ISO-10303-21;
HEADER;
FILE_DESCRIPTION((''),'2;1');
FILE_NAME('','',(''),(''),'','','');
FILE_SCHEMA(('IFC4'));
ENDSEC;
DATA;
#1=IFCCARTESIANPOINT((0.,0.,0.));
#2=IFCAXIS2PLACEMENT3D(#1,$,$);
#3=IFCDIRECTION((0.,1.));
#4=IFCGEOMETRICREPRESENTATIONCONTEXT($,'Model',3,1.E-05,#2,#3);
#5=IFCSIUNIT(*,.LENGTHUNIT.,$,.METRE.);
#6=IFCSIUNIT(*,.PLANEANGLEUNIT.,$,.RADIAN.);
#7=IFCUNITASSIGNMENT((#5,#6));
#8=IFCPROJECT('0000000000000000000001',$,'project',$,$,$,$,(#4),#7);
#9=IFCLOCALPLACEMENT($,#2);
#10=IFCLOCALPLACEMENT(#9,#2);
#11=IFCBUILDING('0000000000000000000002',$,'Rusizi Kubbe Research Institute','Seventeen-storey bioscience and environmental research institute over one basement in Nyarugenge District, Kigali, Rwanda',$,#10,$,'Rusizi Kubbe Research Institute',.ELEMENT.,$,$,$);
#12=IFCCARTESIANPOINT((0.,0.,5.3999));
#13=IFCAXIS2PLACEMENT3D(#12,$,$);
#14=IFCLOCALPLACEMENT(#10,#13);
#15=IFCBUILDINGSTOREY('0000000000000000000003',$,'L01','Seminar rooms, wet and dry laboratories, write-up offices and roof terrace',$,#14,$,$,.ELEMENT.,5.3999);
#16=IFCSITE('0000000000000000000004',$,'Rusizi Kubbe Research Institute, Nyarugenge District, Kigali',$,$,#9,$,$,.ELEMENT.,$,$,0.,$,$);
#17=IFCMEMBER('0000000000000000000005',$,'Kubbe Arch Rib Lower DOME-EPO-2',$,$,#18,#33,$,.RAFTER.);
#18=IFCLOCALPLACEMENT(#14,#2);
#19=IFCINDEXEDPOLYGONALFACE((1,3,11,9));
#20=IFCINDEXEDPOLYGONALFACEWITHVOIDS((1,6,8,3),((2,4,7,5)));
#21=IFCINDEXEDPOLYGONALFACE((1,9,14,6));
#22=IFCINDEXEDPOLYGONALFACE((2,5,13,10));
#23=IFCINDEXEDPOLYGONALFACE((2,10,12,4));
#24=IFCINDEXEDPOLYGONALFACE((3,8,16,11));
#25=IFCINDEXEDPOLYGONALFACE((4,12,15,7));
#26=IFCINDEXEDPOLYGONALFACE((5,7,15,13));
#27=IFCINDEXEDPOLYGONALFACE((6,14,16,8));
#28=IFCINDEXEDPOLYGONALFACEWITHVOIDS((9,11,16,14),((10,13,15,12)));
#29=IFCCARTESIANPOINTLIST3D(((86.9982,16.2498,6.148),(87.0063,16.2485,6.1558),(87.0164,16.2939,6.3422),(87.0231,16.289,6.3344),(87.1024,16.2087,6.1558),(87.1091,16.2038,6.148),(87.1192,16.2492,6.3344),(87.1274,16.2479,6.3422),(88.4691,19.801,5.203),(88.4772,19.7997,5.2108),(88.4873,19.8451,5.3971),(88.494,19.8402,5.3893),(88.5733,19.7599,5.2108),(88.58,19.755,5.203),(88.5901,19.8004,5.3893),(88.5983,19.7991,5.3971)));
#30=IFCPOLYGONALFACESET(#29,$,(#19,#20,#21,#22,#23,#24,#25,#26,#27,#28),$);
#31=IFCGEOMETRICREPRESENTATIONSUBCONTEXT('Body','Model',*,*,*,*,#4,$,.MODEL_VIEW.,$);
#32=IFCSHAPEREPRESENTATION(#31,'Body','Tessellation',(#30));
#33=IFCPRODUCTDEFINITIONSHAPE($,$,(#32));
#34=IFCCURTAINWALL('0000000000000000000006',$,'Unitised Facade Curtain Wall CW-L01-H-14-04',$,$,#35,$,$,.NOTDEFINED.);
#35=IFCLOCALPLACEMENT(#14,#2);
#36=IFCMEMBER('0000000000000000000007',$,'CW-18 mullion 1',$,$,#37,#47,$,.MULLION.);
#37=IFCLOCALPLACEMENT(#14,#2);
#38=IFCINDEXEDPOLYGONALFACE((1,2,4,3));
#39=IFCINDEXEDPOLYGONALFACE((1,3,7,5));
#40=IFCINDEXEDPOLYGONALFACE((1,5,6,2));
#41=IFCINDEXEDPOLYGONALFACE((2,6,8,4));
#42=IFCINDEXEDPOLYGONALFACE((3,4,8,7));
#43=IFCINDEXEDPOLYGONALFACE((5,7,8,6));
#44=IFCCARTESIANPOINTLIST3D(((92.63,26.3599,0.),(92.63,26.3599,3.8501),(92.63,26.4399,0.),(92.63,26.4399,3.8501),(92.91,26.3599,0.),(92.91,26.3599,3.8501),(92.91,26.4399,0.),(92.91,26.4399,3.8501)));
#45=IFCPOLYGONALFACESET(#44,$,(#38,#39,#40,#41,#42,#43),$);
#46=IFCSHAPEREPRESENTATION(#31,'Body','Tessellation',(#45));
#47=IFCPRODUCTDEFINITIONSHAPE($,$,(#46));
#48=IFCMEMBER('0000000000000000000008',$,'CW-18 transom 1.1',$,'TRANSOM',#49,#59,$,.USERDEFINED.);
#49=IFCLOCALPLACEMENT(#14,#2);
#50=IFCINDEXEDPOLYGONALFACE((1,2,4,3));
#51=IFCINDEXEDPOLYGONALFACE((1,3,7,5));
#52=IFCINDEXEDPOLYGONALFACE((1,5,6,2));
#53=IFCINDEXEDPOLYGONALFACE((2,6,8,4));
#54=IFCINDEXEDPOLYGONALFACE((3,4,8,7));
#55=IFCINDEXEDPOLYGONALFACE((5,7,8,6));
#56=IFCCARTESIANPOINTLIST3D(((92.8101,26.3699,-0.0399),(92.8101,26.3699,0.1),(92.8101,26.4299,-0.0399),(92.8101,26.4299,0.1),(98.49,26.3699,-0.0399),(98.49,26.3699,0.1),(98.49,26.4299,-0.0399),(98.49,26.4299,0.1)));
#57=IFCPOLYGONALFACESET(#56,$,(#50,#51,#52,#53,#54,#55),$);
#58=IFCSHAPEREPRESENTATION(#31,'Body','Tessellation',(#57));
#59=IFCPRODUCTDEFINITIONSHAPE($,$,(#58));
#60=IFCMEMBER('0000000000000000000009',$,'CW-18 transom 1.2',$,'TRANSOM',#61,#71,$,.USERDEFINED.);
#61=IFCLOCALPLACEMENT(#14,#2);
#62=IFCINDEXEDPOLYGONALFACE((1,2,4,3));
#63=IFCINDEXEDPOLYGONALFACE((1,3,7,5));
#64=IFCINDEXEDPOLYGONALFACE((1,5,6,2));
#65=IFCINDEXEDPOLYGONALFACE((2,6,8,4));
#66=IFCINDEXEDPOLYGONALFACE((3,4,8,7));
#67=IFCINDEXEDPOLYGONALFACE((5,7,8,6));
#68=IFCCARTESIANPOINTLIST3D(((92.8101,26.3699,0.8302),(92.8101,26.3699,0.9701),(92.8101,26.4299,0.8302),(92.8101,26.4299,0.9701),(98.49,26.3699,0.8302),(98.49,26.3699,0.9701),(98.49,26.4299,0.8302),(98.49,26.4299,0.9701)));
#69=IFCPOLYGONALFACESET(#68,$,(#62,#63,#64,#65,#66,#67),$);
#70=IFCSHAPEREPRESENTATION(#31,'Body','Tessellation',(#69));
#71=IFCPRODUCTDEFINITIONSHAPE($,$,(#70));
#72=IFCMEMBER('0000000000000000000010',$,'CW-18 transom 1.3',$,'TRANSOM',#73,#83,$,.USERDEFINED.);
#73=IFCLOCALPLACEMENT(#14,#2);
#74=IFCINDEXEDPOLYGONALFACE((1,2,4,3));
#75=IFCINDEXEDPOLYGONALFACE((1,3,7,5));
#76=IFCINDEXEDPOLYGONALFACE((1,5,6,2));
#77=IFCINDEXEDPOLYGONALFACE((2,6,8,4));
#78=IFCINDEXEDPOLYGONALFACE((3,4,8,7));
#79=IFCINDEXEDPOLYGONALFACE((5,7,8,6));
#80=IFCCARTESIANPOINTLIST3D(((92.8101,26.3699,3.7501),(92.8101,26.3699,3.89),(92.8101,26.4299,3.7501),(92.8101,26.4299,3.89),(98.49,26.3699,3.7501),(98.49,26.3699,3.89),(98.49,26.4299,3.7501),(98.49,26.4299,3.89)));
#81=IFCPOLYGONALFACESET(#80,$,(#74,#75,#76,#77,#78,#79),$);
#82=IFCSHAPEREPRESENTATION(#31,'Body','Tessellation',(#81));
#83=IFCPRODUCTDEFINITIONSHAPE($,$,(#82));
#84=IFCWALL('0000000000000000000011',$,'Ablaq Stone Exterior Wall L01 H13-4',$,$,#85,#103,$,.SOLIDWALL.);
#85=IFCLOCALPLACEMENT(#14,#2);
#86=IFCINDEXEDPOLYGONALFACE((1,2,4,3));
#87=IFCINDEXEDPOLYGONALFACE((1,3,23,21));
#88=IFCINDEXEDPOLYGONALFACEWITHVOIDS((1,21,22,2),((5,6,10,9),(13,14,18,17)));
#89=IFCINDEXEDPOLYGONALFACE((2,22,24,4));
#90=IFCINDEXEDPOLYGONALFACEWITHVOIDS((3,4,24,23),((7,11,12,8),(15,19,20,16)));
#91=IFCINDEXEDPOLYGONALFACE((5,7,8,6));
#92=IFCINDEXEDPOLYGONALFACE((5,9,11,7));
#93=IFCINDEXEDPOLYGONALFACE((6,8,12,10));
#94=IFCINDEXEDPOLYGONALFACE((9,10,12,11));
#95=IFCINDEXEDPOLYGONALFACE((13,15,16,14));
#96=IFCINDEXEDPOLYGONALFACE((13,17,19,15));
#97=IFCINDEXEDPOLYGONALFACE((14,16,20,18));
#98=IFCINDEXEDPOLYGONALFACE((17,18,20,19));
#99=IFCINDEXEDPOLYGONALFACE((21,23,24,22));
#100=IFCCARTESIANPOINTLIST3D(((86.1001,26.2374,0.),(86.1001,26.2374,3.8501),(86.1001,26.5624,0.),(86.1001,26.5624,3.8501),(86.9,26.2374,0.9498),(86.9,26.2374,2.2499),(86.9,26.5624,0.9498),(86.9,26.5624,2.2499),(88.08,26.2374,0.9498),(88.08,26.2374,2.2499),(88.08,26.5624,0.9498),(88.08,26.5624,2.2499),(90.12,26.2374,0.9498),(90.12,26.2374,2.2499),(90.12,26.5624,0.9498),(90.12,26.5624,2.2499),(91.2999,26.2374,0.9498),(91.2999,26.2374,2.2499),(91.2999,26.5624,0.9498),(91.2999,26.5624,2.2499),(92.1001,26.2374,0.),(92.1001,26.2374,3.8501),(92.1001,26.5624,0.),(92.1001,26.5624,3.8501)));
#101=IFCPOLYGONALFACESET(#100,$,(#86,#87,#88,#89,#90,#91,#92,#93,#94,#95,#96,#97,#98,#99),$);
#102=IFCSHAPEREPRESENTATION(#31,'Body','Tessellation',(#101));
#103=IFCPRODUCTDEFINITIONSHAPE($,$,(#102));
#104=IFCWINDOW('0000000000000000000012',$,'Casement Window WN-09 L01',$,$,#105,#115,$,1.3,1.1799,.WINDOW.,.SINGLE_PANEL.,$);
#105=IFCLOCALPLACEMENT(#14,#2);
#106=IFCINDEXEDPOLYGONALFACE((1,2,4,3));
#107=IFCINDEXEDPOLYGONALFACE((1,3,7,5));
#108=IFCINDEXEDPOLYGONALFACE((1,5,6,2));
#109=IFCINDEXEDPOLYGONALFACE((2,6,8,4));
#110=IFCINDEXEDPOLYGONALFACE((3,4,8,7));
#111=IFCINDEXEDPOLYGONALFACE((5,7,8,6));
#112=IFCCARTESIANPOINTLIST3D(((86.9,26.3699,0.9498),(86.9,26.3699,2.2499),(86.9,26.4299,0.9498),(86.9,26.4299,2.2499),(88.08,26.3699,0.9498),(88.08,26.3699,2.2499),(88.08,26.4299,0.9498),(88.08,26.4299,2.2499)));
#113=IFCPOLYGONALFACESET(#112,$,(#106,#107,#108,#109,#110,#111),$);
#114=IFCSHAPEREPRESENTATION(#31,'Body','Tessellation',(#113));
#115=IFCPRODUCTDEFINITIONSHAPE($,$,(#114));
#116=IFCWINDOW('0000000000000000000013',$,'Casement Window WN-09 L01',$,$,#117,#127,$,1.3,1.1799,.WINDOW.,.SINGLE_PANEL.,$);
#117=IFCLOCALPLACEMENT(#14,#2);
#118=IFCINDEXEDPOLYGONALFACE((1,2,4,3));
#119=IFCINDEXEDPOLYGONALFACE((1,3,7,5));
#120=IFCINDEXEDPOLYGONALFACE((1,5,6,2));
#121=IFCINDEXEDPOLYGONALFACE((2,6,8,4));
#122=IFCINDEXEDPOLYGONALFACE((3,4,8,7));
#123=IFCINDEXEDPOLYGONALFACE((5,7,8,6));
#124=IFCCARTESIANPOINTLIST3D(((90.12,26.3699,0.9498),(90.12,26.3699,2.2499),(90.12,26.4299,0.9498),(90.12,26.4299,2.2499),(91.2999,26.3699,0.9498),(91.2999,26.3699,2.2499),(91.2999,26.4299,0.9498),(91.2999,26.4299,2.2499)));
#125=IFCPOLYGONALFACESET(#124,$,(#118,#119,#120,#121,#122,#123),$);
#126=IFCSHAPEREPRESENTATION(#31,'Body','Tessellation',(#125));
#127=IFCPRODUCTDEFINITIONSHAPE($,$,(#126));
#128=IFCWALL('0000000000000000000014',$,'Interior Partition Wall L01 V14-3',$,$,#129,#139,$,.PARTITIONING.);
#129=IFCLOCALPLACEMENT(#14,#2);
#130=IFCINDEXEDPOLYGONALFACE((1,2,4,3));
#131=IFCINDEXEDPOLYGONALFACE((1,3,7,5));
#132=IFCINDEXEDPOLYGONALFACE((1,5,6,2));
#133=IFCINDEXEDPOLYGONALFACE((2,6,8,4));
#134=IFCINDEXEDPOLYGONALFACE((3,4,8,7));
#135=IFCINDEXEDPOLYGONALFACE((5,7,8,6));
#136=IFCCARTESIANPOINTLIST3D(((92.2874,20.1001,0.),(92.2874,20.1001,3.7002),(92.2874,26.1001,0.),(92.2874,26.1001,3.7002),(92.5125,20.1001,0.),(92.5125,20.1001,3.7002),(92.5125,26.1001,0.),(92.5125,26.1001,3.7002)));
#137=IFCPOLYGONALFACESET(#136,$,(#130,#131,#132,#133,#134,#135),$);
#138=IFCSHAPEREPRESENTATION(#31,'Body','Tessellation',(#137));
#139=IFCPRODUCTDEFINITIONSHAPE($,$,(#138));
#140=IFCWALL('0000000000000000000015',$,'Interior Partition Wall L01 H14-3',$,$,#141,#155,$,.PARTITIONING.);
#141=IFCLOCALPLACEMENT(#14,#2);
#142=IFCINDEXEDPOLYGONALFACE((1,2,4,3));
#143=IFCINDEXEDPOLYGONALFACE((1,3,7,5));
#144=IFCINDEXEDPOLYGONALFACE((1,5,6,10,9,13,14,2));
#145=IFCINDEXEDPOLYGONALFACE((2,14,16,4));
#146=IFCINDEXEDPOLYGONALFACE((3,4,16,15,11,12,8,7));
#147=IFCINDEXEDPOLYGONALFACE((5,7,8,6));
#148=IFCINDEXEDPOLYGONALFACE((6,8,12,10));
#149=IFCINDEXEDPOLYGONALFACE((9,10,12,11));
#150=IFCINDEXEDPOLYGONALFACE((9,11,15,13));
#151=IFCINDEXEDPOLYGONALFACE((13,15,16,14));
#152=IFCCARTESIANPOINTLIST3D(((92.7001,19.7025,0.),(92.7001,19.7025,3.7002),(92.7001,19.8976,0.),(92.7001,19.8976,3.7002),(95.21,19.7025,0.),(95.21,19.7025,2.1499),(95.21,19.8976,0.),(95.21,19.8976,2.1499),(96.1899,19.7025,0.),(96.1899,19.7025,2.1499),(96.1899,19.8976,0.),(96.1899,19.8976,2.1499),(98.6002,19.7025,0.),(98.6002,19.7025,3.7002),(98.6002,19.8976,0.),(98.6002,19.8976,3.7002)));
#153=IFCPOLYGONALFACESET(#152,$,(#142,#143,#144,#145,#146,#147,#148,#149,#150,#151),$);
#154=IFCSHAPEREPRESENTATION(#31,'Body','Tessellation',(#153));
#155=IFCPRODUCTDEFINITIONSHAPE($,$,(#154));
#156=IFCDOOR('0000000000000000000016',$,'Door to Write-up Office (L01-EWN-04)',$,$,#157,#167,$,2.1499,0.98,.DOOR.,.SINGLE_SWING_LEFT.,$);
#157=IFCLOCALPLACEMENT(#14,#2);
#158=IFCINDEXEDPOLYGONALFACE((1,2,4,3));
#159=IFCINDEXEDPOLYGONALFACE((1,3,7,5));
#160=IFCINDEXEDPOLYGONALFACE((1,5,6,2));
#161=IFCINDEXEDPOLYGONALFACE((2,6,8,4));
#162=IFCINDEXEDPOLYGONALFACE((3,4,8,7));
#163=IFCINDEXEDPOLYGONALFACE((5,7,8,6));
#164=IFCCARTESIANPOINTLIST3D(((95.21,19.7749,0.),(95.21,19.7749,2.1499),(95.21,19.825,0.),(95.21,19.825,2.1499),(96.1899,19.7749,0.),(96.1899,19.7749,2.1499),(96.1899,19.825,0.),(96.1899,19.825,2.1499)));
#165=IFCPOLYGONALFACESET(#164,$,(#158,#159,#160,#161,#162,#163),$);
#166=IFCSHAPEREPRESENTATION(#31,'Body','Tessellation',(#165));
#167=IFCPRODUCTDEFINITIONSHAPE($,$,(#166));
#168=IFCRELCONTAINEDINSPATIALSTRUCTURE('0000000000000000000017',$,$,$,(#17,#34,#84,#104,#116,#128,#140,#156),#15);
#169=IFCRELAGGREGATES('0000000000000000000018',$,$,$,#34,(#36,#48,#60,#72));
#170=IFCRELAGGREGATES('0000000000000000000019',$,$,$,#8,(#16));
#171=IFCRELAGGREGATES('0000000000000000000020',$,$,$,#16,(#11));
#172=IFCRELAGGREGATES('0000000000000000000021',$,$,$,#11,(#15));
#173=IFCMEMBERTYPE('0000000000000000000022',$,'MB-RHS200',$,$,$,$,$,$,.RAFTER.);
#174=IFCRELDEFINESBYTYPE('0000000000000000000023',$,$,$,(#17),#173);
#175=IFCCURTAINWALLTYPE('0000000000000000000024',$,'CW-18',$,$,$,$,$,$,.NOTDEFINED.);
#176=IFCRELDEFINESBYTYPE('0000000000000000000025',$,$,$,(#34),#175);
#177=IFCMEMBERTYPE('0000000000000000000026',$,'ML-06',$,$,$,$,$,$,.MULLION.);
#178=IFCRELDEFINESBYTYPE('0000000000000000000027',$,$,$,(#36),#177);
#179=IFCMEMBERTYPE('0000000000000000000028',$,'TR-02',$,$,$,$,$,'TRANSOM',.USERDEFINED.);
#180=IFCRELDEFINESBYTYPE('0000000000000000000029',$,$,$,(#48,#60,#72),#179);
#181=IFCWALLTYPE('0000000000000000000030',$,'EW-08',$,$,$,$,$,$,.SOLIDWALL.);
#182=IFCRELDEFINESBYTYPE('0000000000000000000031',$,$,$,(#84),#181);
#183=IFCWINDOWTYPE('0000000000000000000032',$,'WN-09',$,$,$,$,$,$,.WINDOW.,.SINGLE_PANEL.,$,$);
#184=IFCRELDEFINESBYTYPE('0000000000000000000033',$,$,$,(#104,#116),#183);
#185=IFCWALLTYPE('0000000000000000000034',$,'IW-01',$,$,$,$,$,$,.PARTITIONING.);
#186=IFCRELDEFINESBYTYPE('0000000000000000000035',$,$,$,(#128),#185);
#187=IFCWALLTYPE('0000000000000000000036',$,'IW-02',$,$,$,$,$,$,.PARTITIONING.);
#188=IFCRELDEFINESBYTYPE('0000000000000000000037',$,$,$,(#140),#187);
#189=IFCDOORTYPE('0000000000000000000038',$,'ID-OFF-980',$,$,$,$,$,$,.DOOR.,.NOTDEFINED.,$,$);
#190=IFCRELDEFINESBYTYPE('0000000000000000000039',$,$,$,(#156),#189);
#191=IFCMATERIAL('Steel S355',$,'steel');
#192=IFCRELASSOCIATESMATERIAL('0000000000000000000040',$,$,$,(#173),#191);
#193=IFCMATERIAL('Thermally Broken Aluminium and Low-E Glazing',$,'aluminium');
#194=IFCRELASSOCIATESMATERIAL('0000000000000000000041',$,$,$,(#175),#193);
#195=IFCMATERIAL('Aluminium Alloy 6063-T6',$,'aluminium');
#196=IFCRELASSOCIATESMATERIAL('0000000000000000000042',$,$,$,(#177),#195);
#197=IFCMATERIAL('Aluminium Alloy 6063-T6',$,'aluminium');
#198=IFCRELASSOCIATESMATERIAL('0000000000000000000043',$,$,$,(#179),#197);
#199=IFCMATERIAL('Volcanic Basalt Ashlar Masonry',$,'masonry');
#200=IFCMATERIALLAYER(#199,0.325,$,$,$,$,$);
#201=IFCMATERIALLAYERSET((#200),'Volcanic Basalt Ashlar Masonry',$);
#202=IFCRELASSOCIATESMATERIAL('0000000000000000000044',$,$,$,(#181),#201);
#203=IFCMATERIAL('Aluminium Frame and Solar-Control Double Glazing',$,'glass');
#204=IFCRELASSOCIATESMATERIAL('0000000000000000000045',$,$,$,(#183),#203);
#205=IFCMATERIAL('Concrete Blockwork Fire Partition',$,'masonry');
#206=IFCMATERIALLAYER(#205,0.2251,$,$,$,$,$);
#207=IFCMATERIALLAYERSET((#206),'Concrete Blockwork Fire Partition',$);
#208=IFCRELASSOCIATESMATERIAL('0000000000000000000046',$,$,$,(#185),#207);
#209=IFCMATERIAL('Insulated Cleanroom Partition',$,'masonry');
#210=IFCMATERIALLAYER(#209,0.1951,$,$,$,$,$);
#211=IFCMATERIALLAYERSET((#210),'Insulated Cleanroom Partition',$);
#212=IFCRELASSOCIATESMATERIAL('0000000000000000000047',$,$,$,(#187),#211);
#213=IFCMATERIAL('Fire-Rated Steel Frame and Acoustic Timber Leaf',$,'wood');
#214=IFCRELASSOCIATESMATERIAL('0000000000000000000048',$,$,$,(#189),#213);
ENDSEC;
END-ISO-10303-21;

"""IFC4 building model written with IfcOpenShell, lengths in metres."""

from ifc_helpers import new_model, si_unit, direction, frame, frame_2d, origin, origin_2d, place, context, subcontext, project, spatial, rectangle, hollow_rectangle, extrude, material, layer, layer_set, material_profile, profile_set, type_object, element, fill, aggregate, save


model = new_model("IFC4")

# Units and contexts
model_context = context("Model", 3, precision=1e-05, world=origin(), true_north=direction((0.0, 1.0)))
body_context = subcontext(model_context, "Body", "Model", "MODEL_VIEW")
ifc_project = project(units=[si_unit("LENGTHUNIT", "METRE"), si_unit("PLANEANGLEUNIT", "RADIAN")], contexts=[model_context])

# Site, building, storey
site_placement = place(None, origin())
site = spatial("IfcSite", under=ifc_project, at=site_placement, Name="Rusizi Kubbe Research Institute, Nyarugenge District, Kigali", CompositionType="ELEMENT", RefElevation=0.0)
building_placement = place(site_placement, origin())
building = spatial("IfcBuilding", under=site, at=building_placement, Name="Rusizi Kubbe Research Institute", Description="Seventeen-storey bioscience and environmental research institute over one basement in Nyarugenge District, Kigali, Rwanda", LongName="Rusizi Kubbe Research Institute", CompositionType="ELEMENT")
storey_placement = place(building_placement, frame((0.0, 0.0, 5.3999)))
storey = spatial("IfcBuildingStorey", under=building, at=storey_placement, Name="L01", Description="Seminar rooms, wet and dry laboratories, write-up offices and roof terrace", CompositionType="ELEMENT", Elevation=5.3999)

# Member
ifc_material_1 = material(Name="Steel S355", Category="steel")
ifc_material_profile_1 = material_profile(ifc_material_1, hollow_rectangle(XDim=0.1201, YDim=0.2, WallThickness=0.0081, at=origin_2d()), Name="RHS 200x120x8.0")
ifc_profile_set_1 = profile_set([ifc_material_profile_1], Name="Steel S355")
member_type_1 = type_object("IfcMemberType", Name="MB-RHS200", PredefinedType="RAFTER", material=ifc_profile_set_1)
member_1_placement = place(storey_placement, frame((88.5337, 19.8, 5.3), z_axis=(-0.371608, -0.897164, 0.238754), x_axis=(0.923883, -0.382675, 0.0)))
element("IfcMember", 1, at=member_1_placement, inside=storey, type_object=member_type_1, Name="Kubbe Arch Rib Lower DOME-EPO-2", PredefinedType="RAFTER", context=body_context, shape_type="SweptSolid", body=[
    extrude(hollow_rectangle(XDim=0.1201, YDim=0.2, WallThickness=0.0081, at=origin_2d()), origin(), (0.0, 0.0, 1.0), 3.9583),
])

# Curtain wall, members
ifc_material_2 = material(Name="Thermally Broken Aluminium and Low-E Glazing", Category="aluminium")
curtain_wall_type = type_object("IfcCurtainWallType", Name="CW-18", PredefinedType="NOTDEFINED", material=ifc_material_2)
curtain_wall_placement = place(storey_placement, origin())
curtain_wall = element("IfcCurtainWall", 2, at=curtain_wall_placement, inside=storey, type_object=curtain_wall_type, Name="Unitised Facade Curtain Wall CW-L01-H-14-04", PredefinedType="NOTDEFINED")
ifc_material_3 = material(Name="Aluminium Alloy 6063-T6", Category="aluminium")
ifc_material_profile_2 = material_profile(ifc_material_3, rectangle(XDim=0.0801, YDim=0.28, at=origin_2d()), Name="ALU-M 80x280")
ifc_profile_set_2 = profile_set([ifc_material_profile_2], Name="Aluminium Alloy 6063-T6")
member_type_2 = type_object("IfcMemberType", Name="ML-06", PredefinedType="MULLION", material=ifc_profile_set_2)
member_2_placement = place(storey_placement, frame((92.77, 26.3999, 0.0), z_axis=(0.0, 0.0, 1.0), x_axis=(0.0, 1.0, 0.0)))
member_2 = element("IfcMember", 3, at=member_2_placement, type_object=member_type_2, Name="CW-18 mullion 1", PredefinedType="MULLION", context=body_context, shape_type="SweptSolid", body=[
    extrude(rectangle(XDim=0.0801, YDim=0.28, at=origin_2d()), origin(), (0.0, 0.0, 1.0), 3.8501),
])
ifc_material_4 = material(Name="Aluminium Alloy 6063-T6", Category="aluminium")
ifc_material_profile_3 = material_profile(ifc_material_4, rectangle(XDim=0.0601, YDim=0.1399, at=origin_2d()), Name="ALU-T 60x140")
ifc_profile_set_3 = profile_set([ifc_material_profile_3], Name="Aluminium Alloy 6063-T6")
member_type_3 = type_object("IfcMemberType", Name="TR-02", ElementType="TRANSOM", PredefinedType="USERDEFINED", material=ifc_profile_set_3)
member_3_placement = place(storey_placement, frame((92.8101, 26.3999, 0.03), z_axis=(1.0, 0.0, 0.0), x_axis=(0.0, 1.0, 0.0)))
member_3 = element("IfcMember", 4, at=member_3_placement, type_object=member_type_3, Name="CW-18 transom 1.1", ObjectType="TRANSOM", PredefinedType="USERDEFINED", context=body_context, shape_type="SweptSolid", body=[
    extrude(rectangle(XDim=0.0601, YDim=0.1399, at=origin_2d()), origin(), (0.0, 0.0, 1.0), 5.6799),
])
member_4_placement = place(storey_placement, frame((92.8101, 26.3999, 0.9001), z_axis=(1.0, 0.0, 0.0), x_axis=(0.0, 1.0, 0.0)))
member_4 = element("IfcMember", 5, at=member_4_placement, type_object=member_type_3, Name="CW-18 transom 1.2", ObjectType="TRANSOM", PredefinedType="USERDEFINED", context=body_context, shape_type="SweptSolid", body=[
    extrude(rectangle(XDim=0.0601, YDim=0.1399, at=origin_2d()), origin(), (0.0, 0.0, 1.0), 5.6799),
])
member_5_placement = place(storey_placement, frame((92.8101, 26.3999, 3.8201), z_axis=(1.0, 0.0, 0.0), x_axis=(0.0, 1.0, 0.0)))
member_5 = element("IfcMember", 6, at=member_5_placement, type_object=member_type_3, Name="CW-18 transom 1.3", ObjectType="TRANSOM", PredefinedType="USERDEFINED", context=body_context, shape_type="SweptSolid", body=[
    extrude(rectangle(XDim=0.0601, YDim=0.1399, at=origin_2d()), origin(), (0.0, 0.0, 1.0), 5.6799),
])
aggregate(curtain_wall, [member_2, member_3, member_4, member_5])

# Wall, openings, windows
ifc_material_5 = material(Name="Volcanic Basalt Ashlar Masonry", Category="masonry")
ifc_layer_1 = layer(ifc_material_5, 0.325)
ifc_layer_set_1 = layer_set([ifc_layer_1], Name="Volcanic Basalt Ashlar Masonry")
wall_type_1 = type_object("IfcWallType", Name="EW-08", PredefinedType="SOLIDWALL", material=ifc_layer_set_1)
wall_1_placement = place(storey_placement, frame((86.1001, 26.3999, 0.0), z_axis=(0.0, 0.0, 1.0), x_axis=(1.0, 0.0, 0.0)))
wall_1 = element("IfcWall", 7, at=wall_1_placement, inside=storey, type_object=wall_type_1, Name="Ablaq Stone Exterior Wall L01 H13-4", PredefinedType="SOLIDWALL", context=body_context, shape_type="SweptSolid", body=[
    extrude(rectangle(XDim=6.0, YDim=0.325, at=frame_2d((3.0, 0.0))), origin(), (0.0, 0.0, 1.0), 3.8501),
])
opening_1_placement = place(wall_1_placement, frame((0.8, 0.0, 0.95)))
opening_1 = element("IfcOpeningElement", 8, at=opening_1_placement, cuts=wall_1, PredefinedType="OPENING", context=body_context, shape_type="SweptSolid", body=[
    extrude(rectangle(XDim=1.1799, YDim=1.3, at=frame_2d((0.5898, 0.6499))), frame((0.0, 0.1724, 0.0), z_axis=(0.0, -1.0, 0.0), x_axis=(1.0, 0.0, 0.0)), (0.0, 0.0, 1.0), 0.345),
])
opening_2_placement = place(wall_1_placement, frame((4.02, 0.0, 0.95)))
opening_2 = element("IfcOpeningElement", 9, at=opening_2_placement, cuts=wall_1, PredefinedType="OPENING", context=body_context, shape_type="SweptSolid", body=[
    extrude(rectangle(XDim=1.1799, YDim=1.3, at=frame_2d((0.5898, 0.6499))), frame((0.0, 0.1724, 0.0), z_axis=(0.0, -1.0, 0.0), x_axis=(1.0, 0.0, 0.0)), (0.0, 0.0, 1.0), 0.345),
])
ifc_material_6 = material(Name="Aluminium Frame and Solar-Control Double Glazing", Category="glass")
window_type = type_object("IfcWindowType", Name="WN-09", PartitioningType="SINGLE_PANEL", PredefinedType="WINDOW", material=ifc_material_6)
window_1_placement = place(opening_1_placement, origin())
window_1 = element("IfcWindow", 10, at=window_1_placement, inside=storey, type_object=window_type, Name="Casement Window WN-09 L01", OverallHeight=1.3, OverallWidth=1.1799, PartitioningType="SINGLE_PANEL", PredefinedType="WINDOW", context=body_context, shape_type="SweptSolid", body=[
    extrude(rectangle(XDim=1.1799, YDim=1.3, at=frame_2d((0.5898, 0.6499))), frame((0.0, 0.03, 0.0), z_axis=(0.0, -1.0, 0.0), x_axis=(1.0, 0.0, 0.0)), (0.0, 0.0, 1.0), 0.0601),
])
fill(opening_1, window_1)
window_2_placement = place(opening_2_placement, origin())
window_2 = element("IfcWindow", 11, at=window_2_placement, inside=storey, type_object=window_type, Name="Casement Window WN-09 L01", OverallHeight=1.3, OverallWidth=1.1799, PartitioningType="SINGLE_PANEL", PredefinedType="WINDOW", context=body_context, shape_type="SweptSolid", body=[
    extrude(rectangle(XDim=1.1799, YDim=1.3, at=frame_2d((0.5898, 0.6499))), frame((0.0, 0.03, 0.0), z_axis=(0.0, -1.0, 0.0), x_axis=(1.0, 0.0, 0.0)), (0.0, 0.0, 1.0), 0.0601),
])
fill(opening_2, window_2)

# Wall
ifc_material_7 = material(Name="Concrete Blockwork Fire Partition", Category="masonry")
ifc_layer_2 = layer(ifc_material_7, 0.2251)
ifc_layer_set_2 = layer_set([ifc_layer_2], Name="Concrete Blockwork Fire Partition")
wall_type_2 = type_object("IfcWallType", Name="IW-01", PredefinedType="PARTITIONING", material=ifc_layer_set_2)
wall_2_placement = place(storey_placement, frame((92.3999, 20.1001, 0.0), z_axis=(0.0, 0.0, 1.0), x_axis=(0.0, 1.0, 0.0)))
element("IfcWall", 12, at=wall_2_placement, inside=storey, type_object=wall_type_2, Name="Interior Partition Wall L01 V14-3", PredefinedType="PARTITIONING", context=body_context, shape_type="SweptSolid", body=[
    extrude(rectangle(XDim=6.0, YDim=0.2251, at=frame_2d((3.0, 0.0))), origin(), (0.0, 0.0, 1.0), 3.7002),
])

# Wall, opening, door
ifc_material_8 = material(Name="Insulated Cleanroom Partition", Category="masonry")
ifc_layer_3 = layer(ifc_material_8, 0.1951)
ifc_layer_set_3 = layer_set([ifc_layer_3], Name="Insulated Cleanroom Partition")
wall_type_3 = type_object("IfcWallType", Name="IW-02", PredefinedType="PARTITIONING", material=ifc_layer_set_3)
wall_3_placement = place(storey_placement, frame((92.7, 19.8, 0.0), z_axis=(0.0, 0.0, 1.0), x_axis=(1.0, 0.0, 0.0)))
wall_3 = element("IfcWall", 13, at=wall_3_placement, inside=storey, type_object=wall_type_3, Name="Interior Partition Wall L01 H14-3", PredefinedType="PARTITIONING", context=body_context, shape_type="SweptSolid", body=[
    extrude(rectangle(XDim=5.9001, YDim=0.1951, at=frame_2d((2.9502, 0.0))), origin(), (0.0, 0.0, 1.0), 3.7002),
])
opening_3_placement = place(wall_3_placement, frame((2.51, 0.0, 0.0)))
opening_3 = element("IfcOpeningElement", 14, at=opening_3_placement, cuts=wall_3, PredefinedType="OPENING", context=body_context, shape_type="SweptSolid", body=[
    extrude(rectangle(XDim=0.98, YDim=2.1499, at=frame_2d((0.49, 1.075))), frame((0.0, 0.1074, 0.0), z_axis=(0.0, -1.0, 0.0), x_axis=(1.0, 0.0, 0.0)), (0.0, 0.0, 1.0), 0.2151),
])
ifc_material_9 = material(Name="Fire-Rated Steel Frame and Acoustic Timber Leaf", Category="wood")
door_type = type_object("IfcDoorType", Name="ID-OFF-980", OperationType="NOTDEFINED", PredefinedType="DOOR", material=ifc_material_9)
door_placement = place(opening_3_placement, origin())
door = element("IfcDoor", 15, at=door_placement, inside=storey, type_object=door_type, Name="Door to Write-up Office (L01-EWN-04)", OperationType="SINGLE_SWING_LEFT", OverallHeight=2.1499, OverallWidth=0.98, PredefinedType="DOOR", context=body_context, shape_type="SweptSolid", body=[
    extrude(rectangle(XDim=0.98, YDim=2.1499, at=frame_2d((0.49, 1.075))), frame((0.0, 0.0249, 0.0), z_axis=(0.0, -1.0, 0.0), x_axis=(1.0, 0.0, 0.0)), (0.0, 0.0, 1.0), 0.05),
])
fill(opening_3, door)

save(model, "model.ifc")
